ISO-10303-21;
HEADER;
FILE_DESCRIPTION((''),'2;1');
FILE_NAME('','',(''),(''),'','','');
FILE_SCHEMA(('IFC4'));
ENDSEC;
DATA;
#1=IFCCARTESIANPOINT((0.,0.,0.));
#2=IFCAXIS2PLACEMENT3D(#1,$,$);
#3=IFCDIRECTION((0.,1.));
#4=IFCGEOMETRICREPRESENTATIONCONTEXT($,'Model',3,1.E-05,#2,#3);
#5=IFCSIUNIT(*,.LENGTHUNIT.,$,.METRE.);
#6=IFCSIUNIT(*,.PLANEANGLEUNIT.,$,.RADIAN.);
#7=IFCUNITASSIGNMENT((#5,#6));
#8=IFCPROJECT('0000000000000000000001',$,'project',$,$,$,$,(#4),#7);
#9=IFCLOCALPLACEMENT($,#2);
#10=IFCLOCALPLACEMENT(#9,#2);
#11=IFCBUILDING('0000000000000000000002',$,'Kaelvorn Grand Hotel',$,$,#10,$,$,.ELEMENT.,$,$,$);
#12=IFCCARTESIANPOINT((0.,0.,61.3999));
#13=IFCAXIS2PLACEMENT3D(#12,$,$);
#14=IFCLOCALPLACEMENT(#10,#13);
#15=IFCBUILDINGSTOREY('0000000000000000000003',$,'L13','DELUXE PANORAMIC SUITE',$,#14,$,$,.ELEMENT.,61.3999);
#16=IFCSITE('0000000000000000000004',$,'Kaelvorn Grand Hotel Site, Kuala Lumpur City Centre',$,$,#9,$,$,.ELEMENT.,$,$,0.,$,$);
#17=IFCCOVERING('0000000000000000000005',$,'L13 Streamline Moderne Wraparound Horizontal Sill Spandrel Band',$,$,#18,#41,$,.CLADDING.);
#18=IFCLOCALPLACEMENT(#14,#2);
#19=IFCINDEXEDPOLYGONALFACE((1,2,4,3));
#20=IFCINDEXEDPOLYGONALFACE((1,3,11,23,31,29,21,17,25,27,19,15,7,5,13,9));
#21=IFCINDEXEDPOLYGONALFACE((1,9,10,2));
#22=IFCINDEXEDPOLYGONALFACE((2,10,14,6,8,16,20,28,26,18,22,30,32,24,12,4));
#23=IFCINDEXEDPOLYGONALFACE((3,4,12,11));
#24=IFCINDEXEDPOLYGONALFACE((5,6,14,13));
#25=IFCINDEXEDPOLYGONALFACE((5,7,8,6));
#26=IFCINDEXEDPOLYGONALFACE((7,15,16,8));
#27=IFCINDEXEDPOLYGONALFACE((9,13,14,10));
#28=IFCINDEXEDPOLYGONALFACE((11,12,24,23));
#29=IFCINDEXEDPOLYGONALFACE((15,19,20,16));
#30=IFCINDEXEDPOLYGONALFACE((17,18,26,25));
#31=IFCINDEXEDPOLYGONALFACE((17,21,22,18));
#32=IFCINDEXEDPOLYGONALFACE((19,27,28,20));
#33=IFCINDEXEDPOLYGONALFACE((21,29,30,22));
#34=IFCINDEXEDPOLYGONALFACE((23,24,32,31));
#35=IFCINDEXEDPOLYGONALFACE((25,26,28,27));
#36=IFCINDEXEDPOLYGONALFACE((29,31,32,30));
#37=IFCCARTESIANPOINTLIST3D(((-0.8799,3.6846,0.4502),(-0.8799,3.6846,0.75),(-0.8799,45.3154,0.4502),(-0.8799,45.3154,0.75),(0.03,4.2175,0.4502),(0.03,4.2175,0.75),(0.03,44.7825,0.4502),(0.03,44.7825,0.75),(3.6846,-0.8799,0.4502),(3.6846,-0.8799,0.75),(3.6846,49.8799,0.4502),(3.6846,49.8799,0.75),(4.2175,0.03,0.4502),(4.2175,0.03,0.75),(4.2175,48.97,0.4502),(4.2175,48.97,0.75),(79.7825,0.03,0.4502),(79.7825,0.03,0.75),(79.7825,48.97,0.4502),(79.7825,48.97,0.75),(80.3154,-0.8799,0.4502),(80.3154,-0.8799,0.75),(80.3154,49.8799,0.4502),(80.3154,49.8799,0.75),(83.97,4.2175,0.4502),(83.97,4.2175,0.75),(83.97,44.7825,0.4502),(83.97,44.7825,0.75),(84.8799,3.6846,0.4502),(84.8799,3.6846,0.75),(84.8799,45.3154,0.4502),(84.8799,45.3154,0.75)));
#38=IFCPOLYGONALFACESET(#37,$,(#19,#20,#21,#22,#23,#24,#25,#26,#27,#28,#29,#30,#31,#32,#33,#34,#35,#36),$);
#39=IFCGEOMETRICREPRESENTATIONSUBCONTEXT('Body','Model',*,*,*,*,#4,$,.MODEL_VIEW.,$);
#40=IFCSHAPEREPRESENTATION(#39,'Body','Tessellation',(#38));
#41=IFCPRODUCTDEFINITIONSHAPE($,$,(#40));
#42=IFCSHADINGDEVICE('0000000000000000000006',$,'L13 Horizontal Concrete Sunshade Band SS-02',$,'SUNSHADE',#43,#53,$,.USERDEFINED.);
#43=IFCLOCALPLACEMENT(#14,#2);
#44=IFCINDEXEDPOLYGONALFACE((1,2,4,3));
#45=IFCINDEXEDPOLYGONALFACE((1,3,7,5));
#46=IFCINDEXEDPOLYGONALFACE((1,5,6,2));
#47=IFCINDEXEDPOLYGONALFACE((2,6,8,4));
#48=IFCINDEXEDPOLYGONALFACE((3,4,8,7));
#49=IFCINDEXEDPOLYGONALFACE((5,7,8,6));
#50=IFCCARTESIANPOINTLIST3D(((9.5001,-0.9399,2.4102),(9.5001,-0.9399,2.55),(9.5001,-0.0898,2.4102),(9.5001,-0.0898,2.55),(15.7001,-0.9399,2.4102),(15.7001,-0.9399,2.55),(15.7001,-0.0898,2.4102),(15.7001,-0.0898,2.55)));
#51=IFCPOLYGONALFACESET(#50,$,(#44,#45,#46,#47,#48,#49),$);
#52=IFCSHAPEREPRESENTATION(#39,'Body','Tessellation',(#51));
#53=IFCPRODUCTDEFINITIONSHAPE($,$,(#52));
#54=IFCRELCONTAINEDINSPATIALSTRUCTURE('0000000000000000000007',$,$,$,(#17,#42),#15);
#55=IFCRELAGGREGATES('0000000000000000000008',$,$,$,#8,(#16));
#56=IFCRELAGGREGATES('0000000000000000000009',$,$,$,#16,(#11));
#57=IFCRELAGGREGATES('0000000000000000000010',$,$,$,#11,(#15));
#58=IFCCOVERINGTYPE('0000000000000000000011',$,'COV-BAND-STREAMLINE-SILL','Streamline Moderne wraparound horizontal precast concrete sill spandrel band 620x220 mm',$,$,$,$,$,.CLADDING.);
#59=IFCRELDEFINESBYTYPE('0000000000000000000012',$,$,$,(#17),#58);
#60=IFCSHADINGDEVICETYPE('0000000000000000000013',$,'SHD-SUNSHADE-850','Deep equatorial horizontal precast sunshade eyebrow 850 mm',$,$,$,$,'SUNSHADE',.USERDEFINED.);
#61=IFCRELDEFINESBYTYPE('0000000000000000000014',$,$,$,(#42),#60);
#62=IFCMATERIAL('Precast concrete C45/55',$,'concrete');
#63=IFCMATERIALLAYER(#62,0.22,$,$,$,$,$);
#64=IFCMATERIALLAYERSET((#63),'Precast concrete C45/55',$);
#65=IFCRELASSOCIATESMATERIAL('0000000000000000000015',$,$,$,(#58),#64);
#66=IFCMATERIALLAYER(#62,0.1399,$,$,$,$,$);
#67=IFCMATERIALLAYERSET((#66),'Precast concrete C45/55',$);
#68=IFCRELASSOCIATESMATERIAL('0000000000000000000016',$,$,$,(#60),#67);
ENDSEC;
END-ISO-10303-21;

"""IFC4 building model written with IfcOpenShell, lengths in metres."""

from ifc_helpers import new_model, si_unit, direction, frame, origin, origin_2d, place, context, subcontext, project, spatial, polyline, rectangle, outline, extrude, material, layer, layer_set, type_object, element, save


model = new_model("IFC4")

# Units and contexts
model_context = context("Model", 3, precision=1e-05, world=origin(), true_north=direction((0.0, 1.0)))
body_context = subcontext(model_context, "Body", "Model", "MODEL_VIEW")
ifc_project = project(units=[si_unit("LENGTHUNIT", "METRE"), si_unit("PLANEANGLEUNIT", "RADIAN")], contexts=[model_context])

# Site, building, storey
site_placement = place(None, origin())
site = spatial("IfcSite", under=ifc_project, at=site_placement, Name="Kaelvorn Grand Hotel Site, Kuala Lumpur City Centre", CompositionType="ELEMENT", RefElevation=0.0)
building_placement = place(site_placement, origin())
building = spatial("IfcBuilding", under=site, at=building_placement, Name="Kaelvorn Grand Hotel", CompositionType="ELEMENT")
storey_placement = place(building_placement, frame((0.0, 0.0, 61.3999)))
storey = spatial("IfcBuildingStorey", under=building, at=storey_placement, Name="L13", Description="DELUXE PANORAMIC SUITE", CompositionType="ELEMENT", Elevation=61.3999)

# Shared definitions
ifc_material_1 = material(Name="Precast concrete C45/55", Category="concrete")

# Covering
ifc_layer_1 = layer(ifc_material_1, 0.22)
ifc_layer_set_1 = layer_set([ifc_layer_1], Name="Precast concrete C45/55")
covering_type_1 = type_object("IfcCoveringType", Name="COV-BAND-STREAMLINE-SILL", Description="Streamline Moderne wraparound horizontal precast concrete sill spandrel band 620x220 mm", PredefinedType="CLADDING", material=ifc_layer_set_1)
covering_1_placement = place(storey_placement, frame((0.0, 0.0, 0.4502)))
element("IfcCovering", 1, at=covering_1_placement, inside=storey, type_object=covering_type_1, Name="L13 Streamline Moderne Wraparound Horizontal Sill Spandrel Band", PredefinedType="CLADDING", context=body_context, shape_type="SweptSolid", body=[
    extrude(outline(polyline([(80.3154, -0.8799), (84.8799, 3.6846), (84.8799, 45.3154), (80.3154, 49.8799), (3.6846, 49.8799), (-0.8799, 45.3154), (-0.8799, 3.6846), (3.6846, -0.8799), (4.2175, 0.03), (0.03, 4.2175), (0.03, 44.7825), (4.2175, 48.97), (79.7825, 48.97), (83.97, 44.7825), (83.97, 4.2175), (79.7825, 0.03), (80.3154, -0.8799)])), origin(), (0.0, 0.0, 1.0), 0.2998),
])

# Shading device
ifc_layer_2 = layer(ifc_material_1, 0.1399)
ifc_layer_set_2 = layer_set([ifc_layer_2], Name="Precast concrete C45/55")
shading_device_type = type_object("IfcShadingDeviceType", Name="SHD-SUNSHADE-850", Description="Deep equatorial horizontal precast sunshade eyebrow 850 mm", ElementType="SUNSHADE", PredefinedType="USERDEFINED", material=ifc_layer_set_2)
shading_device_placement = place(storey_placement, frame((12.6001, -0.5149, 2.4102), z_axis=(0.0, 0.0, 1.0), x_axis=(1.0, 0.0, 0.0)))
element("IfcShadingDevice", 2, at=shading_device_placement, inside=storey, type_object=shading_device_type, Name="L13 Horizontal Concrete Sunshade Band SS-02", ObjectType="SUNSHADE", PredefinedType="USERDEFINED", context=body_context, shape_type="SweptSolid", body=[
    extrude(rectangle(XDim=6.2, YDim=0.8501, at=origin_2d()), origin(), (0.0, 0.0, 1.0), 0.1399),
])

save(model, "model.ifc")
